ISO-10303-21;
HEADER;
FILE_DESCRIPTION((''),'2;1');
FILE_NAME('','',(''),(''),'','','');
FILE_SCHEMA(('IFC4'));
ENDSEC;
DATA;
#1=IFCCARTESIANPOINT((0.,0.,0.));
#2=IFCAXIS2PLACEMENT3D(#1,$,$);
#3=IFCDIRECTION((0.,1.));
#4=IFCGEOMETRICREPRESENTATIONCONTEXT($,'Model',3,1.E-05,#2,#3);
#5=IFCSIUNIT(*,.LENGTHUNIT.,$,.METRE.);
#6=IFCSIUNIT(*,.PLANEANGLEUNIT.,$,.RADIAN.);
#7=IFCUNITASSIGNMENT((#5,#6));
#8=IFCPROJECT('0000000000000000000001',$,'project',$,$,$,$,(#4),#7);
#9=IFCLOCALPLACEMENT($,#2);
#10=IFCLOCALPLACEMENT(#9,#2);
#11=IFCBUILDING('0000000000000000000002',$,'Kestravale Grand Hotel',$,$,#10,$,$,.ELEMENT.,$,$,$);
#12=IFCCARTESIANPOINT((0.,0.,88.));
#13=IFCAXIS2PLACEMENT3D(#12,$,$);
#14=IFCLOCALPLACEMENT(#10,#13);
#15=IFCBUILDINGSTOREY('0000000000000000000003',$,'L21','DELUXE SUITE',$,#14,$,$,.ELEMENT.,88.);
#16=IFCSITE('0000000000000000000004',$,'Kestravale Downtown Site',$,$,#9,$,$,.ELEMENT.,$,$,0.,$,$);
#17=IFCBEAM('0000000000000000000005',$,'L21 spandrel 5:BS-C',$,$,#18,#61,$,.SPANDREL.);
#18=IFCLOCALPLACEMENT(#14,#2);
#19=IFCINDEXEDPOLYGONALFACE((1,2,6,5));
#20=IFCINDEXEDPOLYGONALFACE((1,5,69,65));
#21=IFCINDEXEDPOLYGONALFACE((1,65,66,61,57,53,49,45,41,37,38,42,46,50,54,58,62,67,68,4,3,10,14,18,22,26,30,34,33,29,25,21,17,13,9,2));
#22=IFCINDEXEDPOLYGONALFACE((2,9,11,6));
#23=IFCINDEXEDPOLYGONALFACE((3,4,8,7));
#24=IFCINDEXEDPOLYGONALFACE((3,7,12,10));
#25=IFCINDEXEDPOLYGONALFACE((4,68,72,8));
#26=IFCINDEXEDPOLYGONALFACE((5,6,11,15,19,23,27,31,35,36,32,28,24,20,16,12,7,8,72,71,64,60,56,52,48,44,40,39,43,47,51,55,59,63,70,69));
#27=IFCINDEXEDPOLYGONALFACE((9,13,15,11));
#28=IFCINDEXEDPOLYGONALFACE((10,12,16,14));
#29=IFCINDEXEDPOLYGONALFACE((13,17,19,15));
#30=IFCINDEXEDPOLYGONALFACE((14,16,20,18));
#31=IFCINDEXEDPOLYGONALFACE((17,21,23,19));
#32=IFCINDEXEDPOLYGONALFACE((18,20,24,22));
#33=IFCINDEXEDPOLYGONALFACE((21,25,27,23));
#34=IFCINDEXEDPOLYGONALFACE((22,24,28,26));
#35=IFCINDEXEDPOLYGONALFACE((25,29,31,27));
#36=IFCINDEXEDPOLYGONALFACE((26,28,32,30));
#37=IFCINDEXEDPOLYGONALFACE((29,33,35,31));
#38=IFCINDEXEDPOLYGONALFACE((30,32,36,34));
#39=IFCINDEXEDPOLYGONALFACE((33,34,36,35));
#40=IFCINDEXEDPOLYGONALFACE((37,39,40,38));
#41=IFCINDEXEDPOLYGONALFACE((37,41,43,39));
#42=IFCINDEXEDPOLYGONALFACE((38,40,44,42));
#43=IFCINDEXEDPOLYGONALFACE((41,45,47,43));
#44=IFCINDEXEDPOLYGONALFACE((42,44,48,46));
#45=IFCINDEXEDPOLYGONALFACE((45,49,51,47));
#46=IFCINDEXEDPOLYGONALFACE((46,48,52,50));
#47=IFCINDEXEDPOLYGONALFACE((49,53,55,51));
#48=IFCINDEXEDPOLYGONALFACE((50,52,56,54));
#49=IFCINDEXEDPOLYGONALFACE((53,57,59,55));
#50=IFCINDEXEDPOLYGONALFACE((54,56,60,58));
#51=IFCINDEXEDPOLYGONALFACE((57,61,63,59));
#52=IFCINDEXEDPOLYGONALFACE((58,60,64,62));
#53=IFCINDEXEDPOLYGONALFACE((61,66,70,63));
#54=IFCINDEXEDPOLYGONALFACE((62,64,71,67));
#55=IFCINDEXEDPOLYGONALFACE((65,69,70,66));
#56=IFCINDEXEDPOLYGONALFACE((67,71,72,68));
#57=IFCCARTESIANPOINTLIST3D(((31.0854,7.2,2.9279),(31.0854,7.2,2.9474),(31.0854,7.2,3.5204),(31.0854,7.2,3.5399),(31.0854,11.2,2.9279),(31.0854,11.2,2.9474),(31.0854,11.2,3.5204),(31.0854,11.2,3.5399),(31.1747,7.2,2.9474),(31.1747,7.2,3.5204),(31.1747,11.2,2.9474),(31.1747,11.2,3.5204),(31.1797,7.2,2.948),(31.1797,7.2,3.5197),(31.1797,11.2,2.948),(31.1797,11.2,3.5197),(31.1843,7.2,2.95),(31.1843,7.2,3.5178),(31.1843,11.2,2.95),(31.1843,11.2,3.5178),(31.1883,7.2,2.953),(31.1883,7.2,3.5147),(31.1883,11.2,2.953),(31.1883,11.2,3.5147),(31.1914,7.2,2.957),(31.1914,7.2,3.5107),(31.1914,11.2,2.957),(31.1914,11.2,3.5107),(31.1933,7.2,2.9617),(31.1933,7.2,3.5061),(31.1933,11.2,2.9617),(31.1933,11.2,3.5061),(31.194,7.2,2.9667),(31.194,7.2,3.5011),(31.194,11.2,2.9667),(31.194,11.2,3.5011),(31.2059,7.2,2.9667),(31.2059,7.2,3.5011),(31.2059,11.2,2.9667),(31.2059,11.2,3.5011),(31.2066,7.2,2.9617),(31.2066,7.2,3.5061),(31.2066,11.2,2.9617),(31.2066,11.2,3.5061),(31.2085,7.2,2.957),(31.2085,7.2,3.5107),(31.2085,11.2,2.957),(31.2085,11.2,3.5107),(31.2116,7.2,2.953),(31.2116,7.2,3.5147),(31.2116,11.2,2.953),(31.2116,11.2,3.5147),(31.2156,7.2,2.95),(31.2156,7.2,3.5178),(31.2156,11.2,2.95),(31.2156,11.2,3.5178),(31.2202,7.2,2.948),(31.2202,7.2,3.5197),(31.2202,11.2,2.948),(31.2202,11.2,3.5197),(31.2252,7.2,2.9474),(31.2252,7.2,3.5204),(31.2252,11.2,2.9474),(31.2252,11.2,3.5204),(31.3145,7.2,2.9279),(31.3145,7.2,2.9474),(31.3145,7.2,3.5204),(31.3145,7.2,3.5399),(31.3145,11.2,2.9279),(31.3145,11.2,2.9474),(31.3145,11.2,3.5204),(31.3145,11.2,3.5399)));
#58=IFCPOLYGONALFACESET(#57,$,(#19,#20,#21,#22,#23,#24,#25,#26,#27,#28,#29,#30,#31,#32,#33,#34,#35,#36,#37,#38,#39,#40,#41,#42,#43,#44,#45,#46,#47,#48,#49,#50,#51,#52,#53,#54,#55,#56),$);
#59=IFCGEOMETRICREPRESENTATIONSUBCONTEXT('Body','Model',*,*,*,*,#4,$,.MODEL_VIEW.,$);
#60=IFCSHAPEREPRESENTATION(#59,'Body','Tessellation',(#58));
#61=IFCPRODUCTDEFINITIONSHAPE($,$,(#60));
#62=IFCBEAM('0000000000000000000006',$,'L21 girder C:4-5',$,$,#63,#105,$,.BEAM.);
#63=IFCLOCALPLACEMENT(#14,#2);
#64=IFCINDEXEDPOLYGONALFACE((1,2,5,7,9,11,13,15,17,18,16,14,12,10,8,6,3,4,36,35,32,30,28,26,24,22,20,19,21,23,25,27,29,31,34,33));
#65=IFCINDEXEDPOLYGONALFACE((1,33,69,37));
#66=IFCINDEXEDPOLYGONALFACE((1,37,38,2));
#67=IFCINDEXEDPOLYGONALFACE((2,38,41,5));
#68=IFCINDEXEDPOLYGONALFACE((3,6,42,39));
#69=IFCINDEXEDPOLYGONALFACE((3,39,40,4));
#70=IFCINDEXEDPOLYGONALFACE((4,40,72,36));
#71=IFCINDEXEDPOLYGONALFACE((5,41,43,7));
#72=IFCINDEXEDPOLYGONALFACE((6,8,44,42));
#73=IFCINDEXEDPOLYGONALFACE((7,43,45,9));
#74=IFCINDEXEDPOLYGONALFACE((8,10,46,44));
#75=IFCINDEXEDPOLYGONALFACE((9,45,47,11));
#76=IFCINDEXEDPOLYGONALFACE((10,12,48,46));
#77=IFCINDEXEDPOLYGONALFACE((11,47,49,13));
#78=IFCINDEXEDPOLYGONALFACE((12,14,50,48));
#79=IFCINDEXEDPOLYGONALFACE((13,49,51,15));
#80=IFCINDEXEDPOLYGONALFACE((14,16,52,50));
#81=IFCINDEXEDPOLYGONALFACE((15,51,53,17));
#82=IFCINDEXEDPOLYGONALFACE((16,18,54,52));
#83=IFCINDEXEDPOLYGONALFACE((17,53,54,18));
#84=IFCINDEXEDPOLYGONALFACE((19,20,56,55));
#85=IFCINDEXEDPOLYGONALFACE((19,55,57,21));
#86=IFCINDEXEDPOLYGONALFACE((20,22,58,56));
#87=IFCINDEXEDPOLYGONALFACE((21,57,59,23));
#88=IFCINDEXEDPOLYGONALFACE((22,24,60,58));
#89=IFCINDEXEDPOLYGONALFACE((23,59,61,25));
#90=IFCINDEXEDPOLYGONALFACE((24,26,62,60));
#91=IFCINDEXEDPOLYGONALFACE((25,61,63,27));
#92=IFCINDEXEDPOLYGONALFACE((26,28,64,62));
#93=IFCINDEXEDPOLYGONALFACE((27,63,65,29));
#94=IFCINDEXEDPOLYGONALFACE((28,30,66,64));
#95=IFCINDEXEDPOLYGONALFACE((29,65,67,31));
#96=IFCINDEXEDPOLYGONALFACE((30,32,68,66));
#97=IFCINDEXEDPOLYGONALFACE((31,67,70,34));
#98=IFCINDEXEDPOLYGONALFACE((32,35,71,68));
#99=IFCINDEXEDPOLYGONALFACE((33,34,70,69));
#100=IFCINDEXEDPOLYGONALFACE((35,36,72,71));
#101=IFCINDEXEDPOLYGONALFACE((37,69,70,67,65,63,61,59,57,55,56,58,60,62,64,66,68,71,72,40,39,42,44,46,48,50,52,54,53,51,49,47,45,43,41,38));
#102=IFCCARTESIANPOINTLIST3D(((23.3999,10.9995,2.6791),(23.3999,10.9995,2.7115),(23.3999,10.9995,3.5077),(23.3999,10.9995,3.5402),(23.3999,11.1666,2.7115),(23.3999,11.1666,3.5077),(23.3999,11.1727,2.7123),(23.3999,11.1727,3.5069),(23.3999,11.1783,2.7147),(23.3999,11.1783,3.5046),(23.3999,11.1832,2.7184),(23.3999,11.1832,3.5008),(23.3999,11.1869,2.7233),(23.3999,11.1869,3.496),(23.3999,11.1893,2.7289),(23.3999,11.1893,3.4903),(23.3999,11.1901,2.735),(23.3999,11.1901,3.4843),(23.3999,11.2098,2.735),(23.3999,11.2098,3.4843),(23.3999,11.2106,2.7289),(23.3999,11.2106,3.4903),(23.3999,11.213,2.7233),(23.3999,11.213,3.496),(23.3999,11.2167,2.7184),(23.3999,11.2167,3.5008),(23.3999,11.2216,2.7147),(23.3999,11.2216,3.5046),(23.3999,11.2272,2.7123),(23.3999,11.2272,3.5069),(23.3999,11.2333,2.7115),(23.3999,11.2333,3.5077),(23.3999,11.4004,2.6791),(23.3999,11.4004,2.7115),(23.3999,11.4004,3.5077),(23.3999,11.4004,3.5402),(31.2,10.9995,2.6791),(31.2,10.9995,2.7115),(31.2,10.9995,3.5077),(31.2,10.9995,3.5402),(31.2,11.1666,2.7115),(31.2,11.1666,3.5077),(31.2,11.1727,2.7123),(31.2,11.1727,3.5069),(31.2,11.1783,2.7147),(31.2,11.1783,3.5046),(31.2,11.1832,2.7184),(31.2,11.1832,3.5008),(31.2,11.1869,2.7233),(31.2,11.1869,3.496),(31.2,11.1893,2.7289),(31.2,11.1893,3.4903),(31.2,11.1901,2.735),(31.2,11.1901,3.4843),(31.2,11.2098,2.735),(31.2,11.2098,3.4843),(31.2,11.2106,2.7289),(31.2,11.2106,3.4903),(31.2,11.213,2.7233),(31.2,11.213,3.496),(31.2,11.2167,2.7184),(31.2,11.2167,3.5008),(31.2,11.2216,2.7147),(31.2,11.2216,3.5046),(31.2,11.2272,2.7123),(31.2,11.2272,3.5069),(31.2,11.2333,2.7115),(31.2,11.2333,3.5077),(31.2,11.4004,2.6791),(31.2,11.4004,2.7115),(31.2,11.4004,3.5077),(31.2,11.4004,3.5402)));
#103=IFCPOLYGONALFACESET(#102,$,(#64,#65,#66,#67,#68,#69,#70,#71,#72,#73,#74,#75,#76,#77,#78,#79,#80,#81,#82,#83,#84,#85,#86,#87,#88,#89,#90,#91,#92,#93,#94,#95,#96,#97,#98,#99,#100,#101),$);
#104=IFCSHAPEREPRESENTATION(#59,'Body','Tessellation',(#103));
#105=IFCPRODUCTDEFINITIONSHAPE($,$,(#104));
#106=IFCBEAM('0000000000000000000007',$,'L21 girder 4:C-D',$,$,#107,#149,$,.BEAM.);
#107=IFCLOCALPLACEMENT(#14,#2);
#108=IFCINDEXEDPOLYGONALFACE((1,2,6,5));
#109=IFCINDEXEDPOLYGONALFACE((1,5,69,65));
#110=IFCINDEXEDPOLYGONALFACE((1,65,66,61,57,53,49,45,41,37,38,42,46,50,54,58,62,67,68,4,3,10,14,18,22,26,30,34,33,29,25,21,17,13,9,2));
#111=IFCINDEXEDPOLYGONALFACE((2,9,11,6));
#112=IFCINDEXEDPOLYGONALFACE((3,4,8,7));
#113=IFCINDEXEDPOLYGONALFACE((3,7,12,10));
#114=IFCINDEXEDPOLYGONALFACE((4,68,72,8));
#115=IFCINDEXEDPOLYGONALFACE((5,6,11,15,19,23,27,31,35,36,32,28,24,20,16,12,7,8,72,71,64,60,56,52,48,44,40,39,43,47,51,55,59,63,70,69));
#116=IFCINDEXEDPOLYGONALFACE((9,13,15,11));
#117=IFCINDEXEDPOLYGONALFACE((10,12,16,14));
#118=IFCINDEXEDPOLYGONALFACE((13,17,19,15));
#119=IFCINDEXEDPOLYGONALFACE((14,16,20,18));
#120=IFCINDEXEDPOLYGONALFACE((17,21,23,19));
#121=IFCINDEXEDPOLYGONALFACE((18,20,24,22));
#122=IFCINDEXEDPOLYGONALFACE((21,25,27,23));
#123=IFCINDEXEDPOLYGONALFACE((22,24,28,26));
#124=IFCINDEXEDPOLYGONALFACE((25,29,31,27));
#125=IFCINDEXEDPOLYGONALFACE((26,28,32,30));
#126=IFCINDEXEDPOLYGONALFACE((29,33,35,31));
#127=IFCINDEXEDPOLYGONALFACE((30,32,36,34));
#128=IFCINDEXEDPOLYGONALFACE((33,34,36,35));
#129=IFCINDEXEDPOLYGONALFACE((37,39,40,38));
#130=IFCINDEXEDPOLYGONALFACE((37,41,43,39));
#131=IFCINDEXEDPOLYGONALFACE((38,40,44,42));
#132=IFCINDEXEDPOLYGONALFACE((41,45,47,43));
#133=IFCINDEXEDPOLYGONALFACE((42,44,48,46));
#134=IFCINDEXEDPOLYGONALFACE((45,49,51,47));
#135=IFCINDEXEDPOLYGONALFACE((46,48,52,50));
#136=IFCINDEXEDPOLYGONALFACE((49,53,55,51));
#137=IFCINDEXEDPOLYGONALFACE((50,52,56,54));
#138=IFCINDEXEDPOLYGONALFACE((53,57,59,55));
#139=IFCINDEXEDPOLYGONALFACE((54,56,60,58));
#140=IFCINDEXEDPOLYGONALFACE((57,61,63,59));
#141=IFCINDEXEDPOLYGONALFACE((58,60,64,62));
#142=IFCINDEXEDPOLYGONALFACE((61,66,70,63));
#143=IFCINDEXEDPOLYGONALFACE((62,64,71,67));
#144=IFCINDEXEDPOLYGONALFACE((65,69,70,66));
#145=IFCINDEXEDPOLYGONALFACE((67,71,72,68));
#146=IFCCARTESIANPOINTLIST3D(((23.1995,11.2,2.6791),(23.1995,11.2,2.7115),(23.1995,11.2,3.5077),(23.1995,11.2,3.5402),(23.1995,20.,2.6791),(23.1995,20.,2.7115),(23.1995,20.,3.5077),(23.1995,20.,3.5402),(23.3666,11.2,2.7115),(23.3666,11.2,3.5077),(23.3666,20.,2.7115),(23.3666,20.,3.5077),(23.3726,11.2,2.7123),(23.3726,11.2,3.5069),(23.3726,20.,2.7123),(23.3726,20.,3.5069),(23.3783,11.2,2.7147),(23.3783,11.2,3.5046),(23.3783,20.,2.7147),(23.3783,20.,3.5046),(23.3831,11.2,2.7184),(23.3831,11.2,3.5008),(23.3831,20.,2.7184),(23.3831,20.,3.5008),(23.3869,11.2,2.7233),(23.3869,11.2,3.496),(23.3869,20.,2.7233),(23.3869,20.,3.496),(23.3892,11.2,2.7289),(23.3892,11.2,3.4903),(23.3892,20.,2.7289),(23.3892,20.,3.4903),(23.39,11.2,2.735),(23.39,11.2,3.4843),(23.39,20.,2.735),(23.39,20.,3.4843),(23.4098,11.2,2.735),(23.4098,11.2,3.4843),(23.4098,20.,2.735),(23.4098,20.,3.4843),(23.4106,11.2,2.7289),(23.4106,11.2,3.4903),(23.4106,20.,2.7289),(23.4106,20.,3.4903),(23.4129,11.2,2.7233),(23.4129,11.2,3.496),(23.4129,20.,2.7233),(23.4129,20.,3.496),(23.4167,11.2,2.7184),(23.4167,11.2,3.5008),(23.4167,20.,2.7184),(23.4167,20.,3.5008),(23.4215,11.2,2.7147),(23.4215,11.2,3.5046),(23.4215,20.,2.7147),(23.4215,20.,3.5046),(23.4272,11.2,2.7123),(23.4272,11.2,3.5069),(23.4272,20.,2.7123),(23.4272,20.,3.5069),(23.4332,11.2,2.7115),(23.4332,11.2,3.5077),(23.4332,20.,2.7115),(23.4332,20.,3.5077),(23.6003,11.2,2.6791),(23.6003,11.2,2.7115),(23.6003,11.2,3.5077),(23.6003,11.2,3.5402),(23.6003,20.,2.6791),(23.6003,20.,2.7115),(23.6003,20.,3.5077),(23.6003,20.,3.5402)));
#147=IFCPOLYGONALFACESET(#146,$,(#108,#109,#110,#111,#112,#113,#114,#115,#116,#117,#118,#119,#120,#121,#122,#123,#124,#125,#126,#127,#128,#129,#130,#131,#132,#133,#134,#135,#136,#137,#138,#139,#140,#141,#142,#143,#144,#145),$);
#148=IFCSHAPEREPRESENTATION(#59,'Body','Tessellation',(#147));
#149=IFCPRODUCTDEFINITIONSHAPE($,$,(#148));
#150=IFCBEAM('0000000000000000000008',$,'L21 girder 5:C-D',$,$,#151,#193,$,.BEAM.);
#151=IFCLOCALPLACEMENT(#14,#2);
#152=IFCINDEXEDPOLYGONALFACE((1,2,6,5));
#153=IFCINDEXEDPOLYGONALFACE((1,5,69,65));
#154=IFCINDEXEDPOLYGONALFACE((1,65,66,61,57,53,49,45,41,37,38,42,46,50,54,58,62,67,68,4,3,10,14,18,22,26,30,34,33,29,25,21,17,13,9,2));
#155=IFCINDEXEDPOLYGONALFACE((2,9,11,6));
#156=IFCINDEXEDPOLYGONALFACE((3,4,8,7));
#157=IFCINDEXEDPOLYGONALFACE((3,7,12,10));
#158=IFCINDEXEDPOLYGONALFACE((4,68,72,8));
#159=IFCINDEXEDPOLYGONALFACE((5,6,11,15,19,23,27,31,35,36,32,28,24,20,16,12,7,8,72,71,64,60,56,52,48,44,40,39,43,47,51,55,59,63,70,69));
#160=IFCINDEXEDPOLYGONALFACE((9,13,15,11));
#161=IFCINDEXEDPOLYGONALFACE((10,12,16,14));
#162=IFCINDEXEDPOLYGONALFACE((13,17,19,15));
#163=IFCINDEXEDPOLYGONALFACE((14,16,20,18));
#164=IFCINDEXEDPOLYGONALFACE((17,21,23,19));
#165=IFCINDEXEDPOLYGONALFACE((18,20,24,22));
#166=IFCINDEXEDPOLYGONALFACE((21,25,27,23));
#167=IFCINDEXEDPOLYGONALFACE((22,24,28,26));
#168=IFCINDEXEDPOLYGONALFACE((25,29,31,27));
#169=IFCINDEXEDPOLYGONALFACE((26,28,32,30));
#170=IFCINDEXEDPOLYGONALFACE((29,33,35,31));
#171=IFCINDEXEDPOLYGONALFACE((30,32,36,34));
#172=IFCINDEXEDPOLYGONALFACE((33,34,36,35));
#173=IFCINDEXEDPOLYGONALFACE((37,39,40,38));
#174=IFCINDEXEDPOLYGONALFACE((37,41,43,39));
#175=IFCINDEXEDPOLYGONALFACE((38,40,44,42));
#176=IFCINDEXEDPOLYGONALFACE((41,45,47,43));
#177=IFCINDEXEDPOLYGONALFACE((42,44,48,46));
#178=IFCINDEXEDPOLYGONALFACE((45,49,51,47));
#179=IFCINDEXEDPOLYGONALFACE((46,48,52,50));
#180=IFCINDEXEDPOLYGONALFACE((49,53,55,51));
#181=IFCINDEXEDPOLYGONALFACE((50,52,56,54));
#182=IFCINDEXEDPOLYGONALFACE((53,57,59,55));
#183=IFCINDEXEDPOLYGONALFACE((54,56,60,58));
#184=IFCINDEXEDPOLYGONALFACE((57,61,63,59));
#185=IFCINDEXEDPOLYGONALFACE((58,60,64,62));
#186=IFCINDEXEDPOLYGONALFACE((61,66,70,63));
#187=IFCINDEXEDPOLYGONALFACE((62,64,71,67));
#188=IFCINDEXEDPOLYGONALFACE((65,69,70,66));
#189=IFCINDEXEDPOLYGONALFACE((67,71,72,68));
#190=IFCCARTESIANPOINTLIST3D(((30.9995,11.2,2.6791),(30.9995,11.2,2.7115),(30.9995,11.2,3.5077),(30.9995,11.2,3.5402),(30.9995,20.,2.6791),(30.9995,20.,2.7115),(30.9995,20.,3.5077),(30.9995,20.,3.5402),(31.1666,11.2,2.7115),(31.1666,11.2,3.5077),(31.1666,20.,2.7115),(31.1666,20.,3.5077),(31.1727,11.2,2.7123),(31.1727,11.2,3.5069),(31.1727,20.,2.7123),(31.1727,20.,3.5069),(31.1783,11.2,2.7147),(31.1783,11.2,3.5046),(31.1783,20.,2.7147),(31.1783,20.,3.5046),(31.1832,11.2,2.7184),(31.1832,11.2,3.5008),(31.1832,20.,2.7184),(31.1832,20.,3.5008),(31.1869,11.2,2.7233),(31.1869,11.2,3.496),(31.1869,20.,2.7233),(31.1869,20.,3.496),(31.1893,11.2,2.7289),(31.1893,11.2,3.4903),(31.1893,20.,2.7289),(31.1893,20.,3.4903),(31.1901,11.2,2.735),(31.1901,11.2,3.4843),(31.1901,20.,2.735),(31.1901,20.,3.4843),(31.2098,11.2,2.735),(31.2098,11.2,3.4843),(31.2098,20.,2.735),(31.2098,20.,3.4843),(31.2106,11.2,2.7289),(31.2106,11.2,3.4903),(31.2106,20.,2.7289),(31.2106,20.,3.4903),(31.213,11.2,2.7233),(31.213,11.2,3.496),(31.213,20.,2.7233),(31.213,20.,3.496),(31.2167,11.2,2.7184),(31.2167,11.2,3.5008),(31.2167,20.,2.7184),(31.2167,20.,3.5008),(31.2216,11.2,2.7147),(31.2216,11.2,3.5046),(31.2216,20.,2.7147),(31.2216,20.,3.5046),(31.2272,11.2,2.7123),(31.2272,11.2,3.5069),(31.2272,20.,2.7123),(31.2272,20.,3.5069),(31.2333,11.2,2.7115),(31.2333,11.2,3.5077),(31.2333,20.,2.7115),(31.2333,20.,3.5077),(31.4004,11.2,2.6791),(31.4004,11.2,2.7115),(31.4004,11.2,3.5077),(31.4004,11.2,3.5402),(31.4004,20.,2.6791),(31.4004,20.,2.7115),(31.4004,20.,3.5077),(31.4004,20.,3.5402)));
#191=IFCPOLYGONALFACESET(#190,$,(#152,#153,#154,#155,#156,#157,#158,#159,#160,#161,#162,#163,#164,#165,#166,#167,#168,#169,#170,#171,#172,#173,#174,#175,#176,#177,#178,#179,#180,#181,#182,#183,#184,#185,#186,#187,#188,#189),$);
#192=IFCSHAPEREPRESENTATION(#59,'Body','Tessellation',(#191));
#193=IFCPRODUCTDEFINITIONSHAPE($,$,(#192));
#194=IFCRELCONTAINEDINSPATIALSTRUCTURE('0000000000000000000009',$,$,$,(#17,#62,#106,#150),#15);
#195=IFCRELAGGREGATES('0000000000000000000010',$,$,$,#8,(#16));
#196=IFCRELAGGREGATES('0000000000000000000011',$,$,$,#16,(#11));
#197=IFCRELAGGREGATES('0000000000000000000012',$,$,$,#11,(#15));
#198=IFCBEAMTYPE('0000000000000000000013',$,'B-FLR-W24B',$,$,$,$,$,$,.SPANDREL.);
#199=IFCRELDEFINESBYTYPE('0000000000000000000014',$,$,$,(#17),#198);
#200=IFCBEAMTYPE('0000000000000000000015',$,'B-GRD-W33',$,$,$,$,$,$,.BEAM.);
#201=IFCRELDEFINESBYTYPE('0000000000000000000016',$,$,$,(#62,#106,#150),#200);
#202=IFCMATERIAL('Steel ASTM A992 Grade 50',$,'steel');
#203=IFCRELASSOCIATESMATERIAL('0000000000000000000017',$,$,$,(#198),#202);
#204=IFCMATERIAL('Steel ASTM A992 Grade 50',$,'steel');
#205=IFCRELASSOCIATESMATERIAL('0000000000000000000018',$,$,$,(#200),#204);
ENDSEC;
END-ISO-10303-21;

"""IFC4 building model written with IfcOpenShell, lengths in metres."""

from ifc_helpers import new_model, si_unit, direction, frame, origin, origin_2d, place, context, subcontext, project, spatial, i_section, extrude, material, material_profile, profile_set, type_object, element, save


model = new_model("IFC4")

# Units and contexts
model_context = context("Model", 3, precision=1e-05, world=origin(), true_north=direction((0.0, 1.0)))
body_context = subcontext(model_context, "Body", "Model", "MODEL_VIEW")
ifc_project = project(units=[si_unit("LENGTHUNIT", "METRE"), si_unit("PLANEANGLEUNIT", "RADIAN")], contexts=[model_context])

# Site, building, storey
site_placement = place(None, origin())
site = spatial("IfcSite", under=ifc_project, at=site_placement, Name="Kestravale Downtown Site", CompositionType="ELEMENT", RefElevation=0.0)
building_placement = place(site_placement, origin())
building = spatial("IfcBuilding", under=site, at=building_placement, Name="Kestravale Grand Hotel", CompositionType="ELEMENT")
storey_placement = place(building_placement, frame((0.0, 0.0, 88.0)))
storey = spatial("IfcBuildingStorey", under=building, at=storey_placement, Name="L21", Description="DELUXE SUITE", CompositionType="ELEMENT", Elevation=88.0)

# Beams
ifc_material_1 = material(Name="Steel ASTM A992 Grade 50", Category="steel")
ifc_material_profile_1 = material_profile(ifc_material_1, i_section(OverallWidth=0.229, OverallDepth=0.6121, WebThickness=0.012, FlangeThickness=0.0195, FilletRadius=0.0193, at=origin_2d()))
ifc_profile_set_1 = profile_set([ifc_material_profile_1], Name="Steel ASTM A992 Grade 50")
beam_type_1 = type_object("IfcBeamType", Name="B-FLR-W24B", PredefinedType="SPANDREL", material=ifc_profile_set_1)
beam_1_placement = place(storey_placement, frame((31.2, 7.2, 3.2339), z_axis=(0.0, 1.0, 0.0), x_axis=(-1.0, 0.0, 0.0)))
element("IfcBeam", 1, at=beam_1_placement, inside=storey, type_object=beam_type_1, Name="L21 spandrel 5:BS-C", PredefinedType="SPANDREL", context=body_context, shape_type="SweptSolid", body=[
    extrude(i_section(OverallWidth=0.229, OverallDepth=0.6121, WebThickness=0.012, FlangeThickness=0.0195, FilletRadius=0.0193, at=origin_2d()), origin(), (0.0, 0.0, 1.0), 4.0),
])
ifc_material_2 = material(Name="Steel ASTM A992 Grade 50", Category="steel")
ifc_material_profile_2 = material_profile(ifc_material_2, i_section(OverallWidth=0.4009, OverallDepth=0.8611, WebThickness=0.0198, FlangeThickness=0.0325, FilletRadius=0.0234, at=origin_2d()))
ifc_profile_set_2 = profile_set([ifc_material_profile_2], Name="Steel ASTM A992 Grade 50")
beam_type_2 = type_object("IfcBeamType", Name="B-GRD-W33", PredefinedType="BEAM", material=ifc_profile_set_2)
beam_2_placement = place(storey_placement, frame((23.3999, 11.2, 3.1096), z_axis=(1.0, 0.0, 0.0), x_axis=(0.0, 1.0, 0.0)))
element("IfcBeam", 2, at=beam_2_placement, inside=storey, type_object=beam_type_2, Name="L21 girder C:4-5", PredefinedType="BEAM", context=body_context, shape_type="SweptSolid", body=[
    extrude(i_section(OverallWidth=0.4009, OverallDepth=0.8611, WebThickness=0.0198, FlangeThickness=0.0325, FilletRadius=0.0234, at=origin_2d()), origin(), (0.0, 0.0, 1.0), 7.8),
])
for number, where, z_axis, x_axis, name in (
    (3, (23.3999, 11.2, 3.1096), (0.0, 1.0, 0.0), (-1.0, 0.0, 0.0), "L21 girder 4:C-D"),
    (4, (31.2, 11.2, 3.1096), (0.0, 1.0, 0.0), (-1.0, 0.0, 0.0), "L21 girder 5:C-D"),
):
    element("IfcBeam", number, at=place(storey_placement, frame(where, z_axis=z_axis, x_axis=x_axis)), inside=storey, type_object=beam_type_2, Name=name, PredefinedType="BEAM", context=body_context, shape_type="SweptSolid", body=[
        extrude(i_section(OverallWidth=0.4009, OverallDepth=0.8611, WebThickness=0.0198, FlangeThickness=0.0325, FilletRadius=0.0234, at=origin_2d()), origin(), (0.0, 0.0, 1.0), 8.8),
    ])

save(model, "model.ifc")
